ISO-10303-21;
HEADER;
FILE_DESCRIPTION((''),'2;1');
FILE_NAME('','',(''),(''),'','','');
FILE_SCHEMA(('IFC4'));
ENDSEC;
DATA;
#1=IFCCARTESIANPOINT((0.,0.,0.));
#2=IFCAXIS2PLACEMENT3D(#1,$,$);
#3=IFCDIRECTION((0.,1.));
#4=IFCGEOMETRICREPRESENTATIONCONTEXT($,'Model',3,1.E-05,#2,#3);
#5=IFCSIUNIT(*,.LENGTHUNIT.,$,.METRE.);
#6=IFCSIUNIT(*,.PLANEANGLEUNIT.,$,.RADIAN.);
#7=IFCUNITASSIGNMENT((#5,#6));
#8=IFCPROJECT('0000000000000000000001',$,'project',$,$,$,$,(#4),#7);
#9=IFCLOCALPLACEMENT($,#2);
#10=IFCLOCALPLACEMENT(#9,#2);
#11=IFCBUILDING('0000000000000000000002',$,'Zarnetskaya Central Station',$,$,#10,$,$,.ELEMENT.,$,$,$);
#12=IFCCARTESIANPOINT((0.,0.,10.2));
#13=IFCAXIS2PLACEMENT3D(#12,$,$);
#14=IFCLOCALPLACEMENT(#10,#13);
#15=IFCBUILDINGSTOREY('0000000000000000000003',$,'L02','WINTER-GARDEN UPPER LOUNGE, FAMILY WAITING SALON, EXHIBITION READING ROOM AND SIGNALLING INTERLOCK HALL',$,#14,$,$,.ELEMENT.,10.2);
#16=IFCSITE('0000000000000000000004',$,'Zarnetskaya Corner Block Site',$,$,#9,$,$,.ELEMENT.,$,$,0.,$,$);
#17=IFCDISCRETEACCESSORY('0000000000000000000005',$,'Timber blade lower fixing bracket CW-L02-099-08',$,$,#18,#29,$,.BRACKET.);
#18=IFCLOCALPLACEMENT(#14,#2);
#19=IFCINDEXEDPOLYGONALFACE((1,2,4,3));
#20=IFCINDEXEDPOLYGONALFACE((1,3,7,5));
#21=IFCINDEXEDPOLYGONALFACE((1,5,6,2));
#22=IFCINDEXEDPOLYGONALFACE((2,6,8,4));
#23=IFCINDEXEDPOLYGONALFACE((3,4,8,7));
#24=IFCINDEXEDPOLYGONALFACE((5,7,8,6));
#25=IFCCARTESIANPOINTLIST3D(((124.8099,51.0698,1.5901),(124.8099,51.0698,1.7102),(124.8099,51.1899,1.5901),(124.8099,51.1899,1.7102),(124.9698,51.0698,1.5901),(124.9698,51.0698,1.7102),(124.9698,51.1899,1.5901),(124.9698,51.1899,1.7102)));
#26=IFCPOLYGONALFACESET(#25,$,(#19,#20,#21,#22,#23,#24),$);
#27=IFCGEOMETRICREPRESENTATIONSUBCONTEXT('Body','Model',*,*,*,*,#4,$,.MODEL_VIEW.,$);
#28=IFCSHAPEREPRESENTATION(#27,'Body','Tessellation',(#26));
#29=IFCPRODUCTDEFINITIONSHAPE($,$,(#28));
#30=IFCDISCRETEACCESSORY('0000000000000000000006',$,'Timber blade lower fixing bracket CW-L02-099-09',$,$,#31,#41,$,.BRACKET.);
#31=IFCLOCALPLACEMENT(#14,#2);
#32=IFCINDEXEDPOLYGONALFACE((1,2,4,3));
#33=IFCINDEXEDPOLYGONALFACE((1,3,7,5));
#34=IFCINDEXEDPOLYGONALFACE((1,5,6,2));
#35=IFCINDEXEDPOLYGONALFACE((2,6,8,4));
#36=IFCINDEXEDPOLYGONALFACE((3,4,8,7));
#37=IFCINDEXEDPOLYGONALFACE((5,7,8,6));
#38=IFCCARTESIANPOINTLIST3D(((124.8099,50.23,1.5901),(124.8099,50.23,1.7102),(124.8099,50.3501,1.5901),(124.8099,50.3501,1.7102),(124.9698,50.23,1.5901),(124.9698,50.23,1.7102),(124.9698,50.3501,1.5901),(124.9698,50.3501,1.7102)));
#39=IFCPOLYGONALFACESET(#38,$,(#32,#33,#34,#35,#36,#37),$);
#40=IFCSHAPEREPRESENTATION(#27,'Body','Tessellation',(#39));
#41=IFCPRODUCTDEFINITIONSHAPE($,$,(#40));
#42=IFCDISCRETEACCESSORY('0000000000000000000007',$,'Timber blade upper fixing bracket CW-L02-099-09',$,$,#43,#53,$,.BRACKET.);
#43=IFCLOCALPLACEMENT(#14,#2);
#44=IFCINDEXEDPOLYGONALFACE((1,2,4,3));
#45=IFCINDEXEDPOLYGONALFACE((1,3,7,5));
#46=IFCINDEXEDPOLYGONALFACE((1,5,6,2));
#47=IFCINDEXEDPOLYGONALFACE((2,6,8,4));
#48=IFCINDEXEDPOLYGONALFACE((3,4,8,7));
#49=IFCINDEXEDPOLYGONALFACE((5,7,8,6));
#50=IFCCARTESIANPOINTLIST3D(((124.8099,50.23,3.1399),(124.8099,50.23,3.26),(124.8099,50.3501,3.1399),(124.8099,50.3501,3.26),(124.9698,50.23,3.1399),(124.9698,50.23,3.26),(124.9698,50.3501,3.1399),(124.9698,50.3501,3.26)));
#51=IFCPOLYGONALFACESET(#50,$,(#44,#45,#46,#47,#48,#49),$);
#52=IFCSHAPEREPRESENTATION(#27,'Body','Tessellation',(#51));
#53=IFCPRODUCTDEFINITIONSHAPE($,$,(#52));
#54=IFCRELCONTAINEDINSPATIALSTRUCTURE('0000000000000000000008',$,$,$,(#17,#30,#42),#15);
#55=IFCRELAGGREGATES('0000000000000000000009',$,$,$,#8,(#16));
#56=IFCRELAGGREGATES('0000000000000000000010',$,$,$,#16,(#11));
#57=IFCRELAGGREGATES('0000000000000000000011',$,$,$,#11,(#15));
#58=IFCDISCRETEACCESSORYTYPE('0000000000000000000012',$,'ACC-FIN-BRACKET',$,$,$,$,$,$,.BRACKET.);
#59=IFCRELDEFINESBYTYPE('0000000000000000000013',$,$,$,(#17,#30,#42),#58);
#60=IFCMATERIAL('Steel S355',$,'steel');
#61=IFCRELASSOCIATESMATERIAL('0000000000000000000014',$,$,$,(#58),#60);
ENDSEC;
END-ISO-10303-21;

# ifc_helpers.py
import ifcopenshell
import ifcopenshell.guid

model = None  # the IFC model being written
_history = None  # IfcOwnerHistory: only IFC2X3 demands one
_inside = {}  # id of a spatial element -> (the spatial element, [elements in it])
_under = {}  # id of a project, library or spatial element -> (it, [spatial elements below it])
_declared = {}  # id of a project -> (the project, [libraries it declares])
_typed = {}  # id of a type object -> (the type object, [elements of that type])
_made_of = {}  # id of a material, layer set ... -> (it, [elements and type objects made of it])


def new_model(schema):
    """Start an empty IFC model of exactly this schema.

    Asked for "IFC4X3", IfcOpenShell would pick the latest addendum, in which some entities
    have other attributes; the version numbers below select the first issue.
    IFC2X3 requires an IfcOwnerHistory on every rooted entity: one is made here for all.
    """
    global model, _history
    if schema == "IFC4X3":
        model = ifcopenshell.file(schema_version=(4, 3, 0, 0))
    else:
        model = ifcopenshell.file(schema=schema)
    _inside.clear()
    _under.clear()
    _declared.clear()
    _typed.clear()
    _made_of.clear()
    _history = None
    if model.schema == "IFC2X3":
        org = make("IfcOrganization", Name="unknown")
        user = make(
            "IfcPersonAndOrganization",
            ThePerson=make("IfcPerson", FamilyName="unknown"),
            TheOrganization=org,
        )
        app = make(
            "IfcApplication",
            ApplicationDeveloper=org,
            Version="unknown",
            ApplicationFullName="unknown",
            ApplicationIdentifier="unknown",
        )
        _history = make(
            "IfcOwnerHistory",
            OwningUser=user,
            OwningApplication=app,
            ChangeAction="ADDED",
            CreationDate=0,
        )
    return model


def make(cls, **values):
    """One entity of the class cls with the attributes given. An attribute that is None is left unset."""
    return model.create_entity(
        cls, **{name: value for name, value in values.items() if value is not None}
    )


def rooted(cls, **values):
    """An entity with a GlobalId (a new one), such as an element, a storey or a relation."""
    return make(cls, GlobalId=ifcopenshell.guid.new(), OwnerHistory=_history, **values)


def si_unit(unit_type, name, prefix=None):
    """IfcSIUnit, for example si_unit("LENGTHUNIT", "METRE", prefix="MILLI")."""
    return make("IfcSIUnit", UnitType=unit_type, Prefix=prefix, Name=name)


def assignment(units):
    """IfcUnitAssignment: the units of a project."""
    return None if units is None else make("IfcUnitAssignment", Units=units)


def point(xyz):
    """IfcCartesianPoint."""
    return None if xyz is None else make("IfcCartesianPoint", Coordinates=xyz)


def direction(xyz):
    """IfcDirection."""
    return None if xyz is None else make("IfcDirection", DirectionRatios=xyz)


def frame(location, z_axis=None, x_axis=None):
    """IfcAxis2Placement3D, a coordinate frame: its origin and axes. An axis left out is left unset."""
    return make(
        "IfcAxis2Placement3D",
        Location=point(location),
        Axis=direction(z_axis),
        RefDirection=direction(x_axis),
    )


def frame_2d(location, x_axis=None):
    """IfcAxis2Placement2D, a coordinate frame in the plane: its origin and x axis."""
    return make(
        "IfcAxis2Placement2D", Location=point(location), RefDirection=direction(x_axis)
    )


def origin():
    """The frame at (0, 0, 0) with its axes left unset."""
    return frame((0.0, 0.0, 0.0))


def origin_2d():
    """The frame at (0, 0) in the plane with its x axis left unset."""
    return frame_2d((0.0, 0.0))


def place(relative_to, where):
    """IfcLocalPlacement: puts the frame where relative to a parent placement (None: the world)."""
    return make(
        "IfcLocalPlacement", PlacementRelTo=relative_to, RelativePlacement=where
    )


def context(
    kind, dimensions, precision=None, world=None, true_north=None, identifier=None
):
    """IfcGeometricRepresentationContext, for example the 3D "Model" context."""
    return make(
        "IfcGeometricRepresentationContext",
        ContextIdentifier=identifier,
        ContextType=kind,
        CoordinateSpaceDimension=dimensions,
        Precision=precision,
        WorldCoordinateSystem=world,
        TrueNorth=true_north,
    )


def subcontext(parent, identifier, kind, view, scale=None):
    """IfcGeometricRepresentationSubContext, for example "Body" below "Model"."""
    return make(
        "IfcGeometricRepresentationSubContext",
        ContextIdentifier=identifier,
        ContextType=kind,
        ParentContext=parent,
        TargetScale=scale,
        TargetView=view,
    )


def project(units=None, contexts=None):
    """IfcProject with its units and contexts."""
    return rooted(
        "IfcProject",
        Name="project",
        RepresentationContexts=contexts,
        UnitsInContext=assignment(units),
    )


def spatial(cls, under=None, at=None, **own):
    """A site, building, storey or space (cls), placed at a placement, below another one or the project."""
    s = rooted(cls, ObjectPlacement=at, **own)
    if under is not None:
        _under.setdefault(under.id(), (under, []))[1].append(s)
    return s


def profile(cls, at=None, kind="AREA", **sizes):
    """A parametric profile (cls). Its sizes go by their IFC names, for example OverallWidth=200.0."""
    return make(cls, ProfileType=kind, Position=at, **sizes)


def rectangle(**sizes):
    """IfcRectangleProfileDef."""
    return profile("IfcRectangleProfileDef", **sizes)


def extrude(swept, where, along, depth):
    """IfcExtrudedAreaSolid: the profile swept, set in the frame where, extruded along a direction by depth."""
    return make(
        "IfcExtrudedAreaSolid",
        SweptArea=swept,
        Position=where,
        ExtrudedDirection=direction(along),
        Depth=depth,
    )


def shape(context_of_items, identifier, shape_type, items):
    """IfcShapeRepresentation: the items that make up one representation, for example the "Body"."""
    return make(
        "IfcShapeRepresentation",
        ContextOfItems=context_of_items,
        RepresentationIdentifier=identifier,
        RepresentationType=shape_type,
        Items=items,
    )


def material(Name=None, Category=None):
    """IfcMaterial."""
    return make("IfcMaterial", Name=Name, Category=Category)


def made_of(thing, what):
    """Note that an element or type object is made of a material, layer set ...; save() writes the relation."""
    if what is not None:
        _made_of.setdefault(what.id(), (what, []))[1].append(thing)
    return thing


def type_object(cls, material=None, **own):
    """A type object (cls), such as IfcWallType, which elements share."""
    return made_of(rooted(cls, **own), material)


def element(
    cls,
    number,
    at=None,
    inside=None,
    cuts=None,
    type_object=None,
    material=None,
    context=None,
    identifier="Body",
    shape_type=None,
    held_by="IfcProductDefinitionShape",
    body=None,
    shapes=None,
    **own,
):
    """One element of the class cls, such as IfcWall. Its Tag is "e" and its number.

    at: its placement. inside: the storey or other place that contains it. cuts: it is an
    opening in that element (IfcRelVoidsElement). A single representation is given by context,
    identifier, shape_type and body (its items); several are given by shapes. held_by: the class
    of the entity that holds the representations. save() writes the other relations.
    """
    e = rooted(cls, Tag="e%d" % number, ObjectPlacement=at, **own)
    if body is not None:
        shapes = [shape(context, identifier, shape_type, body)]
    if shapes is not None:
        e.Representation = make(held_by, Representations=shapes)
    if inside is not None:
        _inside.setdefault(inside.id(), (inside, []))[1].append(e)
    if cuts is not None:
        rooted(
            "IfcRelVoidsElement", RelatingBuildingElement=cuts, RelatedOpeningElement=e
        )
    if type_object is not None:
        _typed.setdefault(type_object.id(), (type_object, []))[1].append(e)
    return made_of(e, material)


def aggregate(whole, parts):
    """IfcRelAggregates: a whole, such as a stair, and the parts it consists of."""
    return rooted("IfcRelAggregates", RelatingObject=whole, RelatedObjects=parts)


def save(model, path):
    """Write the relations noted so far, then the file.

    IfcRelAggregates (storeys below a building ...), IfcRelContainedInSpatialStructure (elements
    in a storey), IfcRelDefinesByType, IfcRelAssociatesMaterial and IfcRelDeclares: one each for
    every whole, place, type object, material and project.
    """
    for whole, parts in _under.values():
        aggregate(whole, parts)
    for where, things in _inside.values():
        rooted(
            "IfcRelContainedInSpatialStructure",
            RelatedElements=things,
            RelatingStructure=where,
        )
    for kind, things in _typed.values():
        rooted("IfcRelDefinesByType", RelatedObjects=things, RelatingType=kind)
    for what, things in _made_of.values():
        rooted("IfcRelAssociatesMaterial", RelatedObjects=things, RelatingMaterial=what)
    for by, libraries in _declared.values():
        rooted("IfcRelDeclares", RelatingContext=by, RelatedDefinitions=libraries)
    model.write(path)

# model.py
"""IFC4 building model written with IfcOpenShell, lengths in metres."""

from ifc_helpers import new_model, si_unit, direction, frame, origin, origin_2d, place, context, subcontext, project, spatial, rectangle, extrude, material, type_object, element, save


model = new_model("IFC4")

# Units and contexts
model_context = context("Model", 3, precision=1e-05, world=origin(), true_north=direction((0.0, 1.0)))
body_context = subcontext(model_context, "Body", "Model", "MODEL_VIEW")
ifc_project = project(units=[si_unit("LENGTHUNIT", "METRE"), si_unit("PLANEANGLEUNIT", "RADIAN")], contexts=[model_context])

# Site, building, storey
site_placement = place(None, origin())
site = spatial("IfcSite", under=ifc_project, at=site_placement, Name="Zarnetskaya Corner Block Site", CompositionType="ELEMENT", RefElevation=0.0)
building_placement = place(site_placement, origin())
building = spatial("IfcBuilding", under=site, at=building_placement, Name="Zarnetskaya Central Station", CompositionType="ELEMENT")
storey_placement = place(building_placement, frame((0.0, 0.0, 10.2)))
storey = spatial("IfcBuildingStorey", under=building, at=storey_placement, Name="L02", Description="WINTER-GARDEN UPPER LOUNGE, FAMILY WAITING SALON, EXHIBITION READING ROOM AND SIGNALLING INTERLOCK HALL", CompositionType="ELEMENT", Elevation=10.2)

# Shared definitions
ifc_material_1 = material(Name="Steel S355", Category="steel")

# Discrete accessories
discrete_accessory_type = type_object("IfcDiscreteAccessoryType", Name="ACC-FIN-BRACKET", PredefinedType="BRACKET", material=ifc_material_1)
for number, where, z_axis, x_axis, name in (
    (1, (124.8899, 51.1299, 1.5901), (0.0, 0.0, 1.0), (0.0, -1.0, 0.0), "Timber blade lower fixing bracket CW-L02-099-08"),
    (2, (124.8899, 50.29, 1.5901), (0.0, 0.0, 1.0), (0.0, -1.0, 0.0), "Timber blade lower fixing bracket CW-L02-099-09"),
    (3, (124.8899, 50.29, 3.1399), (0.0, 0.0, 1.0), (0.0, -1.0, 0.0), "Timber blade upper fixing bracket CW-L02-099-09"),
):
    element("IfcDiscreteAccessory", number, at=place(storey_placement, frame(where, z_axis=z_axis, x_axis=x_axis)), inside=storey, type_object=discrete_accessory_type, Name=name, PredefinedType="BRACKET", context=body_context, shape_type="SweptSolid", body=[
        extrude(rectangle(XDim=0.1201, YDim=0.1599, at=origin_2d()), origin(), (0.0, 0.0, 1.0), 0.1201),
    ])

save(model, "model.ifc")
